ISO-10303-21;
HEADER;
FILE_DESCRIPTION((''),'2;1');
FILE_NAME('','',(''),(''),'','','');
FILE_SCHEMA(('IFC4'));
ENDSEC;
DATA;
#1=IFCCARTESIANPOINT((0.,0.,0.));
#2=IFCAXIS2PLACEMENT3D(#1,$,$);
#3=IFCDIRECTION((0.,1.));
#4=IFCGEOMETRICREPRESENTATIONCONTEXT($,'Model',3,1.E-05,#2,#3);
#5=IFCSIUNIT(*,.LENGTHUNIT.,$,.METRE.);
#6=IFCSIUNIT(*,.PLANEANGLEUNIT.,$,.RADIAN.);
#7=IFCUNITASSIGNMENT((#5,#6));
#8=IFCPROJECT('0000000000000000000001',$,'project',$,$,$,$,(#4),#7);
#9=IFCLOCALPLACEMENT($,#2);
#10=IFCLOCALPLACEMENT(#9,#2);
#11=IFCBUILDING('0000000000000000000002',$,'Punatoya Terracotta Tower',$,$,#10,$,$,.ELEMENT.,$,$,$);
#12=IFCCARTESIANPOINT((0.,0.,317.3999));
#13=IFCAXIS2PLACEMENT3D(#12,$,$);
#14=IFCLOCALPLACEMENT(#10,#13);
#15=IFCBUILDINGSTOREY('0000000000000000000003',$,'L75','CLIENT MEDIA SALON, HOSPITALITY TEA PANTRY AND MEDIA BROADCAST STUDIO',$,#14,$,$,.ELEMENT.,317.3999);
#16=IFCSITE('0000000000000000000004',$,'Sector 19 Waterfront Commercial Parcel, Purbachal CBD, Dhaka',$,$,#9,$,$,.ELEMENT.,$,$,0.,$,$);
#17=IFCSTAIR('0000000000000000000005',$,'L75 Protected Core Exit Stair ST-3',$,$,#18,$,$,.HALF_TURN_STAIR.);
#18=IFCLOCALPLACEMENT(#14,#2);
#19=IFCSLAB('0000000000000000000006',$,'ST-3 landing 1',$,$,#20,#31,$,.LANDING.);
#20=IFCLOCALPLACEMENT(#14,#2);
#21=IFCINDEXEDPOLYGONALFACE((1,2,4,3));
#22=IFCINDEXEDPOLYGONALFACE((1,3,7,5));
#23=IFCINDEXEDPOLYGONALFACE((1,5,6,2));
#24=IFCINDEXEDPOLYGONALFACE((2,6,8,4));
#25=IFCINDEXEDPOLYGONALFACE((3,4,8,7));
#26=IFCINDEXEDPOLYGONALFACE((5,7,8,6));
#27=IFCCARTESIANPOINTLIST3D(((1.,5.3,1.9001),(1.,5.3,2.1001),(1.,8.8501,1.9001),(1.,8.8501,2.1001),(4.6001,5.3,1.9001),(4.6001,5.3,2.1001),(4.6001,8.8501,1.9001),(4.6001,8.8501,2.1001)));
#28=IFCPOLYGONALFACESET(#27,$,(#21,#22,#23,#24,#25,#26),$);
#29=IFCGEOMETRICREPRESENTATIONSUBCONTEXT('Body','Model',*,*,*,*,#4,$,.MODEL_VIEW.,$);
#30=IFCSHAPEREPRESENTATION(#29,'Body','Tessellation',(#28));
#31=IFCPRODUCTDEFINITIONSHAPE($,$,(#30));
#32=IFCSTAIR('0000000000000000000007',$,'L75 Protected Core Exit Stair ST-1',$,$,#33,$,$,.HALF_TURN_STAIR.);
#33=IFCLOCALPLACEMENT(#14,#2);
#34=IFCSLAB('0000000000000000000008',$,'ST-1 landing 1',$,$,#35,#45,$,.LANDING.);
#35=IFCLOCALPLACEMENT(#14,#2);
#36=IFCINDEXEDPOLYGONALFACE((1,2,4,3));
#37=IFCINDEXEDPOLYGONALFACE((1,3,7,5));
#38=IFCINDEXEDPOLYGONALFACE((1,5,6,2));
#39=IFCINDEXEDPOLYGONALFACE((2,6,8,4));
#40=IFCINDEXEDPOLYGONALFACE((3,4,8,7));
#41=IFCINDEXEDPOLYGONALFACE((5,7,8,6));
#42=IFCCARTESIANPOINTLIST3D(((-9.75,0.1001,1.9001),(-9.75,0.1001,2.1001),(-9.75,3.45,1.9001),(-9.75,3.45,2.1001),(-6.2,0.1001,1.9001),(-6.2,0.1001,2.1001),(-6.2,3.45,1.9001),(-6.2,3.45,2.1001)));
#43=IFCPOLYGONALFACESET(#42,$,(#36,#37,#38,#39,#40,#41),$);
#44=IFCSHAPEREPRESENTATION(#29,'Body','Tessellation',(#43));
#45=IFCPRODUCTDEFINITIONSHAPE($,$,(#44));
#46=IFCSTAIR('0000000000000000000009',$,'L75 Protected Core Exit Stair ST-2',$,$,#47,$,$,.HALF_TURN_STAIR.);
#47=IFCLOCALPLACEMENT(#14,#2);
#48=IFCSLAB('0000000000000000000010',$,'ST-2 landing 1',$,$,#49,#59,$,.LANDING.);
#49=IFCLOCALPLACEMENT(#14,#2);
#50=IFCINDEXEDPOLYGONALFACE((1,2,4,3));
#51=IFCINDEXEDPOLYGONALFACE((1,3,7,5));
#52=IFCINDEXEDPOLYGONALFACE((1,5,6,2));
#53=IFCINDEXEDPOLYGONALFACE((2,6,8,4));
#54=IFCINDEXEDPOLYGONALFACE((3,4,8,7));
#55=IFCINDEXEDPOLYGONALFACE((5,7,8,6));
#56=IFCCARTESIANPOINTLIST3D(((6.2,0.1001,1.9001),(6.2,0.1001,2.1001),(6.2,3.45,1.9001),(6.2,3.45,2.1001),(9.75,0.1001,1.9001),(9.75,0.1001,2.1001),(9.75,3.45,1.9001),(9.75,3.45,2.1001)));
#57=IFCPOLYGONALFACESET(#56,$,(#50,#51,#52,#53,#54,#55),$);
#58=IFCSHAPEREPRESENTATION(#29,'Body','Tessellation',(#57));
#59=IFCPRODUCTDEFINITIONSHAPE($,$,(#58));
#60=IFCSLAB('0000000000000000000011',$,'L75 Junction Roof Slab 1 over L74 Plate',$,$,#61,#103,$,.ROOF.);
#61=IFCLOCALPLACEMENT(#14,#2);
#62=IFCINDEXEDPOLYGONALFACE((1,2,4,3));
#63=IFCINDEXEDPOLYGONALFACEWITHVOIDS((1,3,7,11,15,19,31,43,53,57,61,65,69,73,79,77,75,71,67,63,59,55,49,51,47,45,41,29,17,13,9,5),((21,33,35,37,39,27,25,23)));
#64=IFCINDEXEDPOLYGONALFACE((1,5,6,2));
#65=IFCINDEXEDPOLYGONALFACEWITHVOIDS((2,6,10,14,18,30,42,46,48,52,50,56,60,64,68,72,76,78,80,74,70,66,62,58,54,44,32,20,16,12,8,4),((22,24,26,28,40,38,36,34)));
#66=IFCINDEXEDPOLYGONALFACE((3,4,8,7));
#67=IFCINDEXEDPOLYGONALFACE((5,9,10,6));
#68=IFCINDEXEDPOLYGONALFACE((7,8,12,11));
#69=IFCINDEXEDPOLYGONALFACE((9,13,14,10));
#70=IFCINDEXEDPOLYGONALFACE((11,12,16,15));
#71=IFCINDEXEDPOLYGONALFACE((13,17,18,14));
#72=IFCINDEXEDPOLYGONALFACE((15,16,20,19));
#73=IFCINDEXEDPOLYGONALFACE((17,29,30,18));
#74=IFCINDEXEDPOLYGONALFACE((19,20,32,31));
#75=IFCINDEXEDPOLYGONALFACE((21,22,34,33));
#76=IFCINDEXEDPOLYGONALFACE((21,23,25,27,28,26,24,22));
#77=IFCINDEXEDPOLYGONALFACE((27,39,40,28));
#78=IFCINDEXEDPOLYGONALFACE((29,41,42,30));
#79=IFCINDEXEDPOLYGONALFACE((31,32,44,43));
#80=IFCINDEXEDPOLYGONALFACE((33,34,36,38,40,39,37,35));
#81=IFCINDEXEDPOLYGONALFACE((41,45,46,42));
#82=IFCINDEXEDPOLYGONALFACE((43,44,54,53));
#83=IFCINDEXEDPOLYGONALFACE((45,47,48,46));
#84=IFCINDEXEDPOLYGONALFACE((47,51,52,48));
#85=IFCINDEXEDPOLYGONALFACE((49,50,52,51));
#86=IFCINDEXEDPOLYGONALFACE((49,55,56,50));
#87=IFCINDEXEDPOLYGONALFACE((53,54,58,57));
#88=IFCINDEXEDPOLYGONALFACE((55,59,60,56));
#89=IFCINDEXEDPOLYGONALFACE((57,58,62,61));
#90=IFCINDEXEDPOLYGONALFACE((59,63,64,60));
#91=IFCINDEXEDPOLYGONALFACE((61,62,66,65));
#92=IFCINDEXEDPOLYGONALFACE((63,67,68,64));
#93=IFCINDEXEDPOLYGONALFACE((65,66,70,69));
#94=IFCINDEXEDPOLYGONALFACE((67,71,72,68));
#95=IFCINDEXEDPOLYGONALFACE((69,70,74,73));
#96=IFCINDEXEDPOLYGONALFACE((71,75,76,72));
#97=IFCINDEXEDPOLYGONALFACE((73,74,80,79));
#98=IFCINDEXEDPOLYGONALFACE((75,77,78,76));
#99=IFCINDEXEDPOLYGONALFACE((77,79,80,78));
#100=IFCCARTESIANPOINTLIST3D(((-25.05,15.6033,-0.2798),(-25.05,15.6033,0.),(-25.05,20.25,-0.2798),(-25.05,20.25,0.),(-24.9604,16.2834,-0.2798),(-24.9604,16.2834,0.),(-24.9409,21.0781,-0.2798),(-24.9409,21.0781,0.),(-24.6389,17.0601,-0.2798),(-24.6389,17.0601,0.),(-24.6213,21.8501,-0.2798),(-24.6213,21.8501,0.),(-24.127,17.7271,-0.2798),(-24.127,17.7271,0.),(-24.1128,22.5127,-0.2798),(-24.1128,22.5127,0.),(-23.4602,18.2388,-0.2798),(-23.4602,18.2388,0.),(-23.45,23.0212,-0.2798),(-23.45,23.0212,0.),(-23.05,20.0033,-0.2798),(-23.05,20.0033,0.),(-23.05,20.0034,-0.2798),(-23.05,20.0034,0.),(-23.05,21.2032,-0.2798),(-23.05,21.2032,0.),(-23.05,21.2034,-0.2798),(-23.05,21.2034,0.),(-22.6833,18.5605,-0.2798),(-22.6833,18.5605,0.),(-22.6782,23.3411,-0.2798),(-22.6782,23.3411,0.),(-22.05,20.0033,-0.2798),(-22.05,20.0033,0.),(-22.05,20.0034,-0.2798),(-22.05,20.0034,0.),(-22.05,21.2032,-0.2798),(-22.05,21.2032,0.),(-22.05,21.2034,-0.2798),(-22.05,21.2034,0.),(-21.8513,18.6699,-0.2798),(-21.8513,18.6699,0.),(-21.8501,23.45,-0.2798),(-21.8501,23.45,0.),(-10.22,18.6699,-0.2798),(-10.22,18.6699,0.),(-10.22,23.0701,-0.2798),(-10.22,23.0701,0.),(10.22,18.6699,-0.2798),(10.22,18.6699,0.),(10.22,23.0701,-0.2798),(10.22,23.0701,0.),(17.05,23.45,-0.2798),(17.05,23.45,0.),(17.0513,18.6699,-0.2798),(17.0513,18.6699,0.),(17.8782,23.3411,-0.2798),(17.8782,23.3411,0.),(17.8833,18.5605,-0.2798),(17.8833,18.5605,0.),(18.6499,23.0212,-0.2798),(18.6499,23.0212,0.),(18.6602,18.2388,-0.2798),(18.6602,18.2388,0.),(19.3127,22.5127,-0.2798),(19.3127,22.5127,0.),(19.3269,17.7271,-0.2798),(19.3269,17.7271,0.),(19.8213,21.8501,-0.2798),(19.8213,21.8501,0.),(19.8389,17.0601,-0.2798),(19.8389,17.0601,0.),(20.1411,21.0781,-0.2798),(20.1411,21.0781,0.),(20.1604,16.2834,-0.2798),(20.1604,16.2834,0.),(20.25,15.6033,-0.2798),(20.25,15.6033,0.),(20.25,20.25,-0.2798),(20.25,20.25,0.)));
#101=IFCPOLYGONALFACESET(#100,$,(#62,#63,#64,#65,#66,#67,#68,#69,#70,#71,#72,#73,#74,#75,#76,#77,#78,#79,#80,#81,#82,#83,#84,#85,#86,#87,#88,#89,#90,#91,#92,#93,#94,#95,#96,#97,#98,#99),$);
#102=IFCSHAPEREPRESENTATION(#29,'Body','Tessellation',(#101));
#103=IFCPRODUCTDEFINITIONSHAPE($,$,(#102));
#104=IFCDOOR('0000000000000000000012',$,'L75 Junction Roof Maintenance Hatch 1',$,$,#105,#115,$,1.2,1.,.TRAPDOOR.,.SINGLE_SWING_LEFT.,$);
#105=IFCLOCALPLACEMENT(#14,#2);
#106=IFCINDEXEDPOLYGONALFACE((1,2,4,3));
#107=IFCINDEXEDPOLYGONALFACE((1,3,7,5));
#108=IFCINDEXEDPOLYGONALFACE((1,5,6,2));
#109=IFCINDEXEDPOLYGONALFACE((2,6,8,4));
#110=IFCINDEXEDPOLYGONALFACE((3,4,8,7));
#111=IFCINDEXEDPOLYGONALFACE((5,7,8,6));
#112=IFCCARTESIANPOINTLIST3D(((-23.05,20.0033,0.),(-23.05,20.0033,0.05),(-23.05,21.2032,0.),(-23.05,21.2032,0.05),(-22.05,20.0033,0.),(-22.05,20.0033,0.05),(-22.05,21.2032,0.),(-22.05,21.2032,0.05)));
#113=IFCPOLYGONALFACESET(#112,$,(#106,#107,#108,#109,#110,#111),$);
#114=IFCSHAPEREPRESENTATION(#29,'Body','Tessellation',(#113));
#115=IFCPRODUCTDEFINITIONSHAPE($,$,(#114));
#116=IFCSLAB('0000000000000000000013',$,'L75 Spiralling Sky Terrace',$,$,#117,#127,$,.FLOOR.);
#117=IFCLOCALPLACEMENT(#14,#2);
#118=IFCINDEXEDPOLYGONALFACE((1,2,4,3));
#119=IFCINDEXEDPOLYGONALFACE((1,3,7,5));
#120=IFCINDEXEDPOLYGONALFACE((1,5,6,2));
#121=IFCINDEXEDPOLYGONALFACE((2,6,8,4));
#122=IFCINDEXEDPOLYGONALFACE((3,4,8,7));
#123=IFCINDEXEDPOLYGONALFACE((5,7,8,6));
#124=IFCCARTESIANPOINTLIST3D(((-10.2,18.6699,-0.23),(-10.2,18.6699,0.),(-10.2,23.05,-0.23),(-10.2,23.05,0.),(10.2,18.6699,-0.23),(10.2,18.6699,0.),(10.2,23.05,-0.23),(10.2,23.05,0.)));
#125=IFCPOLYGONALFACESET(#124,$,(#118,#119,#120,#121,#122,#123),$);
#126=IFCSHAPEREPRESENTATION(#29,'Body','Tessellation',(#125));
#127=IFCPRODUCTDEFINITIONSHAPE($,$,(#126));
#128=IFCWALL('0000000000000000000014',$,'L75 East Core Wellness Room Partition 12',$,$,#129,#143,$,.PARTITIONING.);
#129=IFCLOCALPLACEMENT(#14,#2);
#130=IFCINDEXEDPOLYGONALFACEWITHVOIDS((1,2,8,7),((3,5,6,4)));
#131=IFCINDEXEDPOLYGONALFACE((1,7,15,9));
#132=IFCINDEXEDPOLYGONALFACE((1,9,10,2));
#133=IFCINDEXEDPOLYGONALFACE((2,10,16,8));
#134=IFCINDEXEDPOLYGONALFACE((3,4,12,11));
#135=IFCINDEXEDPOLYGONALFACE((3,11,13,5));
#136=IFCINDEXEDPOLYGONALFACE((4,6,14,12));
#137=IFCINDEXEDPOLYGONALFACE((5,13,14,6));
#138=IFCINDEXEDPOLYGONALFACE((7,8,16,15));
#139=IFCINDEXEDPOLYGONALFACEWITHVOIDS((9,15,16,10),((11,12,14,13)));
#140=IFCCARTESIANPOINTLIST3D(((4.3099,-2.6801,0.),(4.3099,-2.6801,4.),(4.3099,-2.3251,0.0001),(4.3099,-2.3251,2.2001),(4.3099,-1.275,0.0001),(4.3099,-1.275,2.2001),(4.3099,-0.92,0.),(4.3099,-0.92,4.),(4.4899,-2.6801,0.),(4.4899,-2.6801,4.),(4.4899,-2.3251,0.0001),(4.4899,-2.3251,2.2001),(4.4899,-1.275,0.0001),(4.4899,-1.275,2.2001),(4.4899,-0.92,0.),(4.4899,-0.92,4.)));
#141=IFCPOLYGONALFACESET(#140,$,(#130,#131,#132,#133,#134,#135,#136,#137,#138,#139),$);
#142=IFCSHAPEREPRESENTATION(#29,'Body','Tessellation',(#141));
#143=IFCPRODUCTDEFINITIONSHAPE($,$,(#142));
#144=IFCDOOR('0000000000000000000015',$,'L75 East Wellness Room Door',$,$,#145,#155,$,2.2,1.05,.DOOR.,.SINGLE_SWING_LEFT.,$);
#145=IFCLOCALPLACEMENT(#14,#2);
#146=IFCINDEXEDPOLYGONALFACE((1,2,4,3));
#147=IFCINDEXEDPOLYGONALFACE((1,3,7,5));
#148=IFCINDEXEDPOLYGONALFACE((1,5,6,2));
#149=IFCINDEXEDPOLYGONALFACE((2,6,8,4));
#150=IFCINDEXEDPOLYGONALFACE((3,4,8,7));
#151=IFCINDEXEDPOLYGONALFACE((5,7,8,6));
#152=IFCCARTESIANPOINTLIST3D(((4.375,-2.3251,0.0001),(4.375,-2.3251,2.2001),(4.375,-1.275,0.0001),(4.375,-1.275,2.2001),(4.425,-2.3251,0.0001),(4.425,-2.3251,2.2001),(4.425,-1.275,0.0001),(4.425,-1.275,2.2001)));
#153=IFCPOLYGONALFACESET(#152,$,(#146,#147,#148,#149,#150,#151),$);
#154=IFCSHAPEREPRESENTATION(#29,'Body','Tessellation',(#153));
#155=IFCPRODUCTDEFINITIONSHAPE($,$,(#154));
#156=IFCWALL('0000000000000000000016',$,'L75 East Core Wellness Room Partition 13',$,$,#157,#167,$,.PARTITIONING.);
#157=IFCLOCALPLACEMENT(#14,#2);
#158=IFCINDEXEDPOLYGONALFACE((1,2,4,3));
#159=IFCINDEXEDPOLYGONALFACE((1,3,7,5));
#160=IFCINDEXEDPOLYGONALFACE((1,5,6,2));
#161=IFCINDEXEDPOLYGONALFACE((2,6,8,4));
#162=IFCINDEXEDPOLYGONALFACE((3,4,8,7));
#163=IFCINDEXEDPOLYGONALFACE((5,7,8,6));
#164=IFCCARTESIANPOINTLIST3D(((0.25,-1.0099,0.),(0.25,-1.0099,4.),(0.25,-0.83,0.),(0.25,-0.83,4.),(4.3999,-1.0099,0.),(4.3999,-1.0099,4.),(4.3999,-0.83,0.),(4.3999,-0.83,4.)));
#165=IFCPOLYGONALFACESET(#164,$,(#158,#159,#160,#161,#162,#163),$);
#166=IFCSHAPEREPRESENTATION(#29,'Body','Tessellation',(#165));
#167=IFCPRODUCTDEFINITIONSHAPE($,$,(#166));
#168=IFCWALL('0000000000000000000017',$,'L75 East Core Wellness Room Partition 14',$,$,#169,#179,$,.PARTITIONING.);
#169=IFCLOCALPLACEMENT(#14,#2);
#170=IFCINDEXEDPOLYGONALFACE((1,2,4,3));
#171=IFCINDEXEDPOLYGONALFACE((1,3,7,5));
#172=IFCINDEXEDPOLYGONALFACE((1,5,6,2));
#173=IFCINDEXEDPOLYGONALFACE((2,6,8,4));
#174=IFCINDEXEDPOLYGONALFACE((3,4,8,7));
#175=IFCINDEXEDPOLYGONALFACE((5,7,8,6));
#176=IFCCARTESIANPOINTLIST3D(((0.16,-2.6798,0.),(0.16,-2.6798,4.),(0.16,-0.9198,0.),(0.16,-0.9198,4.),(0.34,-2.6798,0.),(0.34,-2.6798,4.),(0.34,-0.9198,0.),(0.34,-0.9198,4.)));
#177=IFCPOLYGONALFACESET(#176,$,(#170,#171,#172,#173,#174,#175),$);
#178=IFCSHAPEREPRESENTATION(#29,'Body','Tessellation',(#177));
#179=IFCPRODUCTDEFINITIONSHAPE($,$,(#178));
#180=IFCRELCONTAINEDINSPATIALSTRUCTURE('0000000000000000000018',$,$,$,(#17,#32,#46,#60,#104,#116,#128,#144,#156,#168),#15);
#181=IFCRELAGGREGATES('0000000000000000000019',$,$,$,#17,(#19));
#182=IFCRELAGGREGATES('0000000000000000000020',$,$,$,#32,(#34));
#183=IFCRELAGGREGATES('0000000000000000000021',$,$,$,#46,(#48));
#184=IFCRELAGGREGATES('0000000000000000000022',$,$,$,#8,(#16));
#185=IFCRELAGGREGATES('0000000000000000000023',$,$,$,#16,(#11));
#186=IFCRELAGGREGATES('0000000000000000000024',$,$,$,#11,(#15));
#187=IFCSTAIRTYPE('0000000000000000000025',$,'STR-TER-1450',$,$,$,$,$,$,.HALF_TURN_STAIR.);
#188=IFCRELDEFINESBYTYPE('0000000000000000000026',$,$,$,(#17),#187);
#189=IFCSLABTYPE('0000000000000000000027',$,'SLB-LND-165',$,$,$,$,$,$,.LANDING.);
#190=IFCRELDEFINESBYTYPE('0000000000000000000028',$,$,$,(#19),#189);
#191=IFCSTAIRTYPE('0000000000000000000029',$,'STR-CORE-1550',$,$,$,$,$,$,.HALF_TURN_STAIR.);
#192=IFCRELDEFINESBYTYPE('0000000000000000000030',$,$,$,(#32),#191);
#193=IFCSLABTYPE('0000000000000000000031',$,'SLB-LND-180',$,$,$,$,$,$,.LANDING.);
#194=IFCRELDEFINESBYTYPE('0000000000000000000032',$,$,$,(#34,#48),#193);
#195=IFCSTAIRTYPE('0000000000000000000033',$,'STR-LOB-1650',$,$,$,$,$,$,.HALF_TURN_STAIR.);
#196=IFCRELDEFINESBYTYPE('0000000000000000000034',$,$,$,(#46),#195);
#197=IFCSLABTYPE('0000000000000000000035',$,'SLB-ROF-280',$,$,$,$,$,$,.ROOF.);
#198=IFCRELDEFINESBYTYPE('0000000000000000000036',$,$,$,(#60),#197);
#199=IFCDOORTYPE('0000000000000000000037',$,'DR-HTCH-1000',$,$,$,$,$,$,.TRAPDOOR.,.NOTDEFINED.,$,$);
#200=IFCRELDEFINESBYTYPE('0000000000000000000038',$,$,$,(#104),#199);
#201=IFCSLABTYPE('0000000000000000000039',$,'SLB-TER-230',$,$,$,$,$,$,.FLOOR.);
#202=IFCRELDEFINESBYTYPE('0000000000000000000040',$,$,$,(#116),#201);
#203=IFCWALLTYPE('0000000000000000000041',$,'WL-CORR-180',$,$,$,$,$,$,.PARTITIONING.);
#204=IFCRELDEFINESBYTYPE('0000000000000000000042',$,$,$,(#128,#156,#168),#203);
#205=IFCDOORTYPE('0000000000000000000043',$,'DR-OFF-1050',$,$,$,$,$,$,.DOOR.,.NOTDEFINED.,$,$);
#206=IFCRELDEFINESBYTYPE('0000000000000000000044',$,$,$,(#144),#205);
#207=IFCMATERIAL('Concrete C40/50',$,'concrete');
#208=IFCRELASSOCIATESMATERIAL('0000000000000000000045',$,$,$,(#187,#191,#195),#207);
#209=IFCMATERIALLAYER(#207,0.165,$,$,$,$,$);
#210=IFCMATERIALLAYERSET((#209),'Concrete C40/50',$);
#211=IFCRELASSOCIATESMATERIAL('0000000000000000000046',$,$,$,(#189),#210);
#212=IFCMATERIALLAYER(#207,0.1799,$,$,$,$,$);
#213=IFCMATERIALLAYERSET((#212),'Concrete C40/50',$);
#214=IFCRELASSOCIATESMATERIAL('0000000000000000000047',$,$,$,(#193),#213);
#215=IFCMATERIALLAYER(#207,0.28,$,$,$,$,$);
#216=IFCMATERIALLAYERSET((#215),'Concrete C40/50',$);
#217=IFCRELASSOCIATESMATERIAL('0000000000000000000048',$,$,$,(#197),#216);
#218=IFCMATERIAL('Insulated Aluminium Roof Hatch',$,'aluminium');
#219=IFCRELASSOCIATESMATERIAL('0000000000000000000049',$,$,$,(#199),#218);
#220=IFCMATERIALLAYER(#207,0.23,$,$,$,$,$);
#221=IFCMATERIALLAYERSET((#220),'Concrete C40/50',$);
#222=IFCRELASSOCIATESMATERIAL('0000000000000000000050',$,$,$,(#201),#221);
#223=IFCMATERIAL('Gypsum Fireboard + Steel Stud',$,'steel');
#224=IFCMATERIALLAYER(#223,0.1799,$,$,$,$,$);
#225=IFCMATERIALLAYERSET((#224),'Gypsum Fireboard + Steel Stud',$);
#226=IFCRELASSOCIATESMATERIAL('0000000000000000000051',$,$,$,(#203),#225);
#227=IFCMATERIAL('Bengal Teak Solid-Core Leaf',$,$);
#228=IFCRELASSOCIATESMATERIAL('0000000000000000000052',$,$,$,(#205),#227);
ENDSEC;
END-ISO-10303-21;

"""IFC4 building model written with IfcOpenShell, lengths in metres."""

from ifc_helpers import new_model, si_unit, direction, frame, frame_2d, origin, origin_2d, place, context, subcontext, project, spatial, polyline, rectangle, outline, extrude, material, layer, layer_set, type_object, element, fill, aggregate, save


model = new_model("IFC4")

# Units and contexts
model_context = context("Model", 3, precision=1e-05, world=origin(), true_north=direction((0.0, 1.0)))
body_context = subcontext(model_context, "Body", "Model", "MODEL_VIEW")
ifc_project = project(units=[si_unit("LENGTHUNIT", "METRE"), si_unit("PLANEANGLEUNIT", "RADIAN")], contexts=[model_context])

# Site, building, storey
site_placement = place(None, origin())
site = spatial("IfcSite", under=ifc_project, at=site_placement, Name="Sector 19 Waterfront Commercial Parcel, Purbachal CBD, Dhaka", CompositionType="ELEMENT", RefElevation=0.0)
building_placement = place(site_placement, origin())
building = spatial("IfcBuilding", under=site, at=building_placement, Name="Punatoya Terracotta Tower", CompositionType="ELEMENT")
storey_placement = place(building_placement, frame((0.0, 0.0, 317.3999)))
storey = spatial("IfcBuildingStorey", under=building, at=storey_placement, Name="L75", Description="CLIENT MEDIA SALON, HOSPITALITY TEA PANTRY AND MEDIA BROADCAST STUDIO", CompositionType="ELEMENT", Elevation=317.3999)

# Stairs, slabs
ifc_material_1 = material(Name="Concrete C40/50", Category="concrete")
stair_type_1 = type_object("IfcStairType", Name="STR-TER-1450", PredefinedType="HALF_TURN_STAIR", material=ifc_material_1)
stair_1_placement = place(storey_placement, origin())
stair_1 = element("IfcStair", 1, at=stair_1_placement, inside=storey, type_object=stair_type_1, Name="L75 Protected Core Exit Stair ST-3", PredefinedType="HALF_TURN_STAIR")
ifc_layer_1 = layer(ifc_material_1, 0.165)
ifc_layer_set_1 = layer_set([ifc_layer_1], Name="Concrete C40/50")
slab_type_1 = type_object("IfcSlabType", Name="SLB-LND-165", PredefinedType="LANDING", material=ifc_layer_set_1)
slab_1_placement = place(storey_placement, frame((0.0, 0.0, 1.9001)))
slab_1 = element("IfcSlab", 2, at=slab_1_placement, type_object=slab_type_1, Name="ST-3 landing 1", PredefinedType="LANDING", context=body_context, shape_type="SweptSolid", body=[
    extrude(outline(polyline([(1.0, 5.3), (4.6001, 5.3), (4.6001, 8.8501), (1.0, 8.8501), (1.0, 5.3)])), origin(), (0.0, 0.0, 1.0), 0.2),
])
aggregate(stair_1, [slab_1])
stair_type_2 = type_object("IfcStairType", Name="STR-CORE-1550", PredefinedType="HALF_TURN_STAIR", material=ifc_material_1)
stair_2_placement = place(storey_placement, origin())
stair_2 = element("IfcStair", 3, at=stair_2_placement, inside=storey, type_object=stair_type_2, Name="L75 Protected Core Exit Stair ST-1", PredefinedType="HALF_TURN_STAIR")
ifc_layer_2 = layer(ifc_material_1, 0.1799)
ifc_layer_set_2 = layer_set([ifc_layer_2], Name="Concrete C40/50")
slab_type_2 = type_object("IfcSlabType", Name="SLB-LND-180", PredefinedType="LANDING", material=ifc_layer_set_2)
slab_2_placement = place(storey_placement, frame((0.0, 0.0, 1.9001)))
slab_2 = element("IfcSlab", 4, at=slab_2_placement, type_object=slab_type_2, Name="ST-1 landing 1", PredefinedType="LANDING", context=body_context, shape_type="SweptSolid", body=[
    extrude(outline(polyline([(-6.2, 0.1001), (-6.2, 3.45), (-9.75, 3.45), (-9.75, 0.1001), (-6.2, 0.1001)])), origin(), (0.0, 0.0, 1.0), 0.2),
])
aggregate(stair_2, [slab_2])
stair_type_3 = type_object("IfcStairType", Name="STR-LOB-1650", PredefinedType="HALF_TURN_STAIR", material=ifc_material_1)
stair_3_placement = place(storey_placement, origin())
stair_3 = element("IfcStair", 5, at=stair_3_placement, inside=storey, type_object=stair_type_3, Name="L75 Protected Core Exit Stair ST-2", PredefinedType="HALF_TURN_STAIR")
slab_3_placement = place(storey_placement, frame((0.0, 0.0, 1.9001)))
slab_3 = element("IfcSlab", 6, at=slab_3_placement, type_object=slab_type_2, Name="ST-2 landing 1", PredefinedType="LANDING", context=body_context, shape_type="SweptSolid", body=[
    extrude(outline(polyline([(9.75, 0.1001), (9.75, 3.45), (6.2, 3.45), (6.2, 0.1001), (9.75, 0.1001)])), origin(), (0.0, 0.0, 1.0), 0.2),
])
aggregate(stair_3, [slab_3])

# Slab, opening, door
ifc_layer_3 = layer(ifc_material_1, 0.28)
ifc_layer_set_3 = layer_set([ifc_layer_3], Name="Concrete C40/50")
slab_type_3 = type_object("IfcSlabType", Name="SLB-ROF-280", PredefinedType="ROOF", material=ifc_layer_set_3)
slab_4_placement = place(storey_placement, frame((0.0, 0.0, -0.2798)))
slab_4 = element("IfcSlab", 7, at=slab_4_placement, inside=storey, type_object=slab_type_3, Name="L75 Junction Roof Slab 1 over L74 Plate", PredefinedType="ROOF", context=body_context, shape_type="SweptSolid", body=[
    extrude(outline(polyline([(-24.6213, 21.8501), (-24.9409, 21.0781), (-25.05, 20.25), (-25.05, 15.6033), (-24.9604, 16.2834), (-24.6389, 17.0601), (-24.127, 17.7271), (-23.4602, 18.2388), (-22.6833, 18.5605), (-21.8513, 18.6699), (-10.22, 18.6699), (-10.22, 23.0701), (10.22, 23.0701), (10.22, 18.6699), (17.0513, 18.6699), (17.8833, 18.5605), (18.6602, 18.2388), (19.3269, 17.7271), (19.8389, 17.0601), (20.1604, 16.2834), (20.25, 15.6033), (20.25, 20.25), (20.1411, 21.0781), (19.8213, 21.8501), (19.3127, 22.5127), (18.6499, 23.0212), (17.8782, 23.3411), (17.05, 23.45), (-21.8501, 23.45), (-22.6782, 23.3411), (-23.45, 23.0212), (-24.1128, 22.5127), (-24.6213, 21.8501)]), holes=[polyline([(-22.05, 21.2034), (-22.05, 20.0034), (-23.05, 20.0034), (-23.05, 21.2034), (-22.05, 21.2034)])]), origin(), (0.0, 0.0, 1.0), 0.2798),
])
opening_1_placement = place(slab_4_placement, frame((-22.55, 20.6033, 0.0)))
opening_1 = element("IfcOpeningElement", 8, at=opening_1_placement, cuts=slab_4, PredefinedType="OPENING", context=body_context, shape_type="SweptSolid", body=[
    extrude(rectangle(XDim=1.0, YDim=1.2, at=origin_2d()), frame((0.0, 0.0, -0.01)), (0.0, 0.0, 1.0), 0.3499),
])
ifc_material_2 = material(Name="Insulated Aluminium Roof Hatch", Category="aluminium")
door_type_1 = type_object("IfcDoorType", Name="DR-HTCH-1000", OperationType="NOTDEFINED", PredefinedType="TRAPDOOR", material=ifc_material_2)
door_1_placement = place(opening_1_placement, frame((0.0, 0.0, 0.2798)))
door_1 = element("IfcDoor", 9, at=door_1_placement, inside=storey, type_object=door_type_1, Name="L75 Junction Roof Maintenance Hatch 1", OperationType="SINGLE_SWING_LEFT", OverallHeight=1.2, OverallWidth=1.0, PredefinedType="TRAPDOOR", context=body_context, shape_type="SweptSolid", body=[
    extrude(rectangle(XDim=1.0, YDim=1.2, at=origin_2d()), origin(), (0.0, 0.0, 1.0), 0.05),
])
fill(opening_1, door_1)

# Slab
ifc_layer_4 = layer(ifc_material_1, 0.23)
ifc_layer_set_4 = layer_set([ifc_layer_4], Name="Concrete C40/50")
slab_type_4 = type_object("IfcSlabType", Name="SLB-TER-230", PredefinedType="FLOOR", material=ifc_layer_set_4)
slab_5_placement = place(storey_placement, frame((0.0, 0.0, -0.23)))
element("IfcSlab", 10, at=slab_5_placement, inside=storey, type_object=slab_type_4, Name="L75 Spiralling Sky Terrace", PredefinedType="FLOOR", context=body_context, shape_type="SweptSolid", body=[
    extrude(outline(polyline([(-10.2, 23.05), (10.2, 23.05), (10.2, 18.6699), (-10.2, 18.6699), (-10.2, 23.05)])), origin(), (0.0, 0.0, 1.0), 0.23),
])

# Wall, opening, door
ifc_material_3 = material(Name="Gypsum Fireboard + Steel Stud", Category="steel")
ifc_layer_5 = layer(ifc_material_3, 0.1799)
ifc_layer_set_5 = layer_set([ifc_layer_5], Name="Gypsum Fireboard + Steel Stud")
wall_type_1 = type_object("IfcWallType", Name="WL-CORR-180", PredefinedType="PARTITIONING", material=ifc_layer_set_5)
wall_1_placement = place(storey_placement, frame((4.3999, -2.6799, 0.0), z_axis=(0.0, 0.0, 1.0), x_axis=(0.0, 1.0, 0.0)))
wall_1 = element("IfcWall", 11, at=wall_1_placement, inside=storey, type_object=wall_type_1, Name="L75 East Core Wellness Room Partition 12", PredefinedType="PARTITIONING", context=body_context, shape_type="SweptSolid", body=[
    extrude(rectangle(XDim=1.76, YDim=0.1799, at=frame_2d((0.8799, 0.0))), origin(), (0.0, 0.0, 1.0), 4.0),
])
opening_2_placement = place(wall_1_placement, frame((0.355, 0.0, 0.0)))
opening_2 = element("IfcOpeningElement", 12, at=opening_2_placement, cuts=wall_1, PredefinedType="OPENING", context=body_context, shape_type="SweptSolid", body=[
    extrude(rectangle(XDim=1.05, YDim=2.2, at=frame_2d((0.5249, 1.1001))), frame((0.0, 0.0999, 0.0), z_axis=(0.0, -1.0, 0.0), x_axis=(1.0, 0.0, 0.0)), (0.0, 0.0, 1.0), 0.2),
])
ifc_material_4 = material(Name="Bengal Teak Solid-Core Leaf")
door_type_2 = type_object("IfcDoorType", Name="DR-OFF-1050", OperationType="NOTDEFINED", PredefinedType="DOOR", material=ifc_material_4)
door_2_placement = place(opening_2_placement, origin())
door_2 = element("IfcDoor", 13, at=door_2_placement, inside=storey, type_object=door_type_2, Name="L75 East Wellness Room Door", OperationType="SINGLE_SWING_LEFT", OverallHeight=2.2, OverallWidth=1.05, PredefinedType="DOOR", context=body_context, shape_type="SweptSolid", body=[
    extrude(rectangle(XDim=1.05, YDim=2.2, at=frame_2d((0.5249, 1.1001))), frame((0.0, 0.0249, 0.0), z_axis=(0.0, -1.0, 0.0), x_axis=(1.0, 0.0, 0.0)), (0.0, 0.0, 1.0), 0.05),
])
fill(opening_2, door_2)

# Walls
wall_2_placement = place(storey_placement, frame((4.3999, -0.9199, 0.0), z_axis=(0.0, 0.0, 1.0), x_axis=(-1.0, 0.0, 0.0)))
element("IfcWall", 14, at=wall_2_placement, inside=storey, type_object=wall_type_1, Name="L75 East Core Wellness Room Partition 13", PredefinedType="PARTITIONING", context=body_context, shape_type="SweptSolid", body=[
    extrude(rectangle(XDim=4.1499, YDim=0.1799, at=frame_2d((2.075, 0.0))), origin(), (0.0, 0.0, 1.0), 4.0),
])
wall_3_placement = place(storey_placement, frame((0.25, -0.9199, 0.0), z_axis=(0.0, 0.0, 1.0), x_axis=(0.0, -1.0, 0.0)))
element("IfcWall", 15, at=wall_3_placement, inside=storey, type_object=wall_type_1, Name="L75 East Core Wellness Room Partition 14", PredefinedType="PARTITIONING", context=body_context, shape_type="SweptSolid", body=[
    extrude(rectangle(XDim=1.76, YDim=0.1799, at=frame_2d((0.8799, 0.0))), origin(), (0.0, 0.0, 1.0), 4.0),
])

save(model, "model.ifc")
